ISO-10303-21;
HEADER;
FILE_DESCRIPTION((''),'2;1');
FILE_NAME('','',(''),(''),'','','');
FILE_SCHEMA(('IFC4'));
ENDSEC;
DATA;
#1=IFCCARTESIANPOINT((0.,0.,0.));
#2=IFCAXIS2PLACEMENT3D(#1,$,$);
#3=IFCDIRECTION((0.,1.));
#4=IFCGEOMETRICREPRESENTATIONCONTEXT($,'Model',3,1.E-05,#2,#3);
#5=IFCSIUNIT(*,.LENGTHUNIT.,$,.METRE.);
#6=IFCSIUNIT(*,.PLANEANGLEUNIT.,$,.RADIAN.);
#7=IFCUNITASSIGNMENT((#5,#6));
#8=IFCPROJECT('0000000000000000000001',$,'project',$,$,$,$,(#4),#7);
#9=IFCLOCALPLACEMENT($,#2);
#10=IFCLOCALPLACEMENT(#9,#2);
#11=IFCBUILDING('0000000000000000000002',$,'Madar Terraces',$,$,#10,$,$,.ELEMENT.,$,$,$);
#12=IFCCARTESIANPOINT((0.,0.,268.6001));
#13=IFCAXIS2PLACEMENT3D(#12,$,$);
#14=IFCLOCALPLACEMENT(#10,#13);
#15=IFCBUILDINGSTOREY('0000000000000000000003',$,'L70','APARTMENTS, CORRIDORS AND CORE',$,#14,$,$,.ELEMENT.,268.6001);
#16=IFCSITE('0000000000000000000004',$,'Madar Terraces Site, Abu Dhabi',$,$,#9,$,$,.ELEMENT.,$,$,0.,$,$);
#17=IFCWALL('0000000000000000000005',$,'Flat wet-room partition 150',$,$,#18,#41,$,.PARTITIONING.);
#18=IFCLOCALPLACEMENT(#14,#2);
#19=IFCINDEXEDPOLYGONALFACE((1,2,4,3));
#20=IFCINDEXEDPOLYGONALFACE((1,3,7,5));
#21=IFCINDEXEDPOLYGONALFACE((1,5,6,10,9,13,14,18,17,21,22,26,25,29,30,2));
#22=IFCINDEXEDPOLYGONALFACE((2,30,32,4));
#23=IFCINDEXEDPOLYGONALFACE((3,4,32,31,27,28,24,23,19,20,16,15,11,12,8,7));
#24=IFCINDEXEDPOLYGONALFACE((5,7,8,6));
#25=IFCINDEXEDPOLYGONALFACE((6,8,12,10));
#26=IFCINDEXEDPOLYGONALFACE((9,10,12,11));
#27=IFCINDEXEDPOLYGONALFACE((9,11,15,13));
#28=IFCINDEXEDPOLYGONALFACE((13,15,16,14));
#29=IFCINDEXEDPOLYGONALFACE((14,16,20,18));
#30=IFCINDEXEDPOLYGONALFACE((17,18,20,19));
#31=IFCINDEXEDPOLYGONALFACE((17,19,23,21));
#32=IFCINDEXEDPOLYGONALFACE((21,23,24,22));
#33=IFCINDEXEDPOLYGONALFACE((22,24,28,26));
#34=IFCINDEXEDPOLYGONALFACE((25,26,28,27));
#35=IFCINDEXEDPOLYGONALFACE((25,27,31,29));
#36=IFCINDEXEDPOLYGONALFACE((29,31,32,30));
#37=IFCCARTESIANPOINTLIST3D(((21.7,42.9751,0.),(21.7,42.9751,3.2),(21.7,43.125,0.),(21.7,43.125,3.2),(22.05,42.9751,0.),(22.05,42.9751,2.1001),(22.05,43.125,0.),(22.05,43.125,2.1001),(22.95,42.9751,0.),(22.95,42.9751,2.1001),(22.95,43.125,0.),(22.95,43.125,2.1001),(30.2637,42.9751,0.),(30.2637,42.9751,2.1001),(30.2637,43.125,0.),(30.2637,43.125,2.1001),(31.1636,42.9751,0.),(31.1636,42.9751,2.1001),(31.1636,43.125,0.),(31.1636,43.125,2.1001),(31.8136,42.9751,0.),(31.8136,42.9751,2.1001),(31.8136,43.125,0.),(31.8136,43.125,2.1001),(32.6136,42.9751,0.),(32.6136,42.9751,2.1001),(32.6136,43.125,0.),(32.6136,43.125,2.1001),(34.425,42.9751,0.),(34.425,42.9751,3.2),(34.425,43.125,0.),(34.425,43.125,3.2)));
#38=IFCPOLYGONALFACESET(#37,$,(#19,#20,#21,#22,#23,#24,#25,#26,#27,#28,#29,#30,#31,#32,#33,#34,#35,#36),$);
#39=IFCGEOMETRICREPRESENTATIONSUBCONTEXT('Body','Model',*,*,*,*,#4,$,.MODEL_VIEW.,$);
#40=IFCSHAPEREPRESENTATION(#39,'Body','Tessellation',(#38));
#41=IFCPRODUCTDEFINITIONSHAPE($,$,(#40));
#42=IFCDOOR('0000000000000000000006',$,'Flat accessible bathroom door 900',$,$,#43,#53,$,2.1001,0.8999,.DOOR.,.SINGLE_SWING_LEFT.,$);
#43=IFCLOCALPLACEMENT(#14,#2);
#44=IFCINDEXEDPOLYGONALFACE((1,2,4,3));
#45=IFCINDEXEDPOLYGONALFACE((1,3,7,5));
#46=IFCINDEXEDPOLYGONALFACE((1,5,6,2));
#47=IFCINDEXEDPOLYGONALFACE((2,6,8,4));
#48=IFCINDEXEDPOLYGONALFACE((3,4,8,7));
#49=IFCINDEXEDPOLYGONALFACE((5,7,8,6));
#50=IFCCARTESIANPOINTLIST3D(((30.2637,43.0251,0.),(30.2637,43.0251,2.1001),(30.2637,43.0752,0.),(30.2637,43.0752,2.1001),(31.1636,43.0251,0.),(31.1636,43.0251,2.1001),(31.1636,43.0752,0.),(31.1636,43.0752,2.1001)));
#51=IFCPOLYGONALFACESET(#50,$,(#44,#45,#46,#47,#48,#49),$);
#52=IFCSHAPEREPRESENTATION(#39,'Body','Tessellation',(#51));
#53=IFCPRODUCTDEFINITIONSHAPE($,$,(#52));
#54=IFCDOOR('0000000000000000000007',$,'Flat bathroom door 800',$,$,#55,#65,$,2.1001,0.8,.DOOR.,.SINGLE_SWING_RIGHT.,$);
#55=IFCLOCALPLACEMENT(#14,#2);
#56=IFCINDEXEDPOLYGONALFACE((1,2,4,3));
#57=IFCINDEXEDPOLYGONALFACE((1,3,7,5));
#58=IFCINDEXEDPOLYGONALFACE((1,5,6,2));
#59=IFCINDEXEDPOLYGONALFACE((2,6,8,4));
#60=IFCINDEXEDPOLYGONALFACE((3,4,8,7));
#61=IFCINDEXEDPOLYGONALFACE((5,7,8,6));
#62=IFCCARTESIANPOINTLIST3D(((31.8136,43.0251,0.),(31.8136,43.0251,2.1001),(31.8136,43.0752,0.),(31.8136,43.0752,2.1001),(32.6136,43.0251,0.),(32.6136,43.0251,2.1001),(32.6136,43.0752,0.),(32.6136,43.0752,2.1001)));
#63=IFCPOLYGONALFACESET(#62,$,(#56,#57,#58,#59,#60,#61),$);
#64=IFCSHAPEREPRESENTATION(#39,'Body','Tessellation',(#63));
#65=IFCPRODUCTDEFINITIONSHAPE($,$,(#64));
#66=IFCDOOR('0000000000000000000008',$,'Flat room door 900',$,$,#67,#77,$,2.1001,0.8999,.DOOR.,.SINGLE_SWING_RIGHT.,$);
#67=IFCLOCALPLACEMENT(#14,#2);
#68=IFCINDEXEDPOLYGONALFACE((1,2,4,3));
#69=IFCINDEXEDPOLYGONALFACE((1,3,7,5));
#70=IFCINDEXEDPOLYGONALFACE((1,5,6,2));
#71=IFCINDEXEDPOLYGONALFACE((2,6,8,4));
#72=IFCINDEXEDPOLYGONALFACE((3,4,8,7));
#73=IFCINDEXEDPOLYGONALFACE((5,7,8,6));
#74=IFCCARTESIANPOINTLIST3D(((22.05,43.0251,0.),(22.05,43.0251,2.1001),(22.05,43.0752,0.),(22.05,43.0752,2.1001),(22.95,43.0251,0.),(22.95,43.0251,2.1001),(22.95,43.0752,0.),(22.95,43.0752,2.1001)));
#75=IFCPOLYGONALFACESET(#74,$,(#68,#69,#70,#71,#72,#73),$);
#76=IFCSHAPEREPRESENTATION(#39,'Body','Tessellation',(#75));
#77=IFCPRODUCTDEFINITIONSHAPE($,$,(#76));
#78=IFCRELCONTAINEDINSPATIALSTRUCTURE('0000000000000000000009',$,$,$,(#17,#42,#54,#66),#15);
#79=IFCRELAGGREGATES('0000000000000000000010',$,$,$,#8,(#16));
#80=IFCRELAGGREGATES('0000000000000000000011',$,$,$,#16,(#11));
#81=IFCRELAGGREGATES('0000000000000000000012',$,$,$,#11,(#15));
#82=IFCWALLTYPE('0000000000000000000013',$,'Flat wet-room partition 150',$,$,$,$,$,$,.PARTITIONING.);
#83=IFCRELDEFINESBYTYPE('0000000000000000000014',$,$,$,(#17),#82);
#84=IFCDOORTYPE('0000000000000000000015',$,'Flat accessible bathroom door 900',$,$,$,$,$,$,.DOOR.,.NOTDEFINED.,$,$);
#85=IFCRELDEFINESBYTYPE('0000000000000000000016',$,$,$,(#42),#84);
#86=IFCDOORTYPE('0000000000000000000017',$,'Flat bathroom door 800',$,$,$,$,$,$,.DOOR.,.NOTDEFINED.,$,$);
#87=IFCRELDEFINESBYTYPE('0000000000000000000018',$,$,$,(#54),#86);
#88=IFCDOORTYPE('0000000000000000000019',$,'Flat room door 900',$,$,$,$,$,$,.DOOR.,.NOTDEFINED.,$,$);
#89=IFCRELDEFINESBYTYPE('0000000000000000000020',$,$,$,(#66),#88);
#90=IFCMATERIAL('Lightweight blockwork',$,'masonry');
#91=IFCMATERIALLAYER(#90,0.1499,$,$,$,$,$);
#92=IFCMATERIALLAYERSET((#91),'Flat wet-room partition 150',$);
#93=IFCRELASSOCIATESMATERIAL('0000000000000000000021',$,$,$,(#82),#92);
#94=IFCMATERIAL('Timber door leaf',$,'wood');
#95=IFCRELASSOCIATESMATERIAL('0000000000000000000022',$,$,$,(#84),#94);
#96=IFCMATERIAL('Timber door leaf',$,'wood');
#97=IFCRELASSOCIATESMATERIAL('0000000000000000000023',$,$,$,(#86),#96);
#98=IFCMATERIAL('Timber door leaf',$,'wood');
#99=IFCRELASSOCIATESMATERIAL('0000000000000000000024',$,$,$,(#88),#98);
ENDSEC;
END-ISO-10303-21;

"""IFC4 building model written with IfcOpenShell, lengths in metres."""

from ifc_helpers import new_model, si_unit, direction, frame, frame_2d, origin, place, context, subcontext, project, spatial, rectangle, extrude, material, layer, layer_set, type_object, element, fill, save


model = new_model("IFC4")

# Units and contexts
model_context = context("Model", 3, precision=1e-05, world=origin(), true_north=direction((0.0, 1.0)))
body_context = subcontext(model_context, "Body", "Model", "MODEL_VIEW")
ifc_project = project(units=[si_unit("LENGTHUNIT", "METRE"), si_unit("PLANEANGLEUNIT", "RADIAN")], contexts=[model_context])

# Site, building, storey
site_placement = place(None, origin())
site = spatial("IfcSite", under=ifc_project, at=site_placement, Name="Madar Terraces Site, Abu Dhabi", CompositionType="ELEMENT", RefElevation=0.0)
building_placement = place(site_placement, origin())
building = spatial("IfcBuilding", under=site, at=building_placement, Name="Madar Terraces", CompositionType="ELEMENT")
storey_placement = place(building_placement, frame((0.0, 0.0, 268.6001)))
storey = spatial("IfcBuildingStorey", under=building, at=storey_placement, Name="L70", Description="APARTMENTS, CORRIDORS AND CORE", CompositionType="ELEMENT", Elevation=268.6001)

# Shared definitions
ifc_material_1 = material(Name="Lightweight blockwork", Category="masonry")
ifc_layer_1 = layer(ifc_material_1, 0.1499)
ifc_layer_set_1 = layer_set([ifc_layer_1], Name="Flat wet-room partition 150")
wall_type_1 = type_object("IfcWallType", Name="Flat wet-room partition 150", PredefinedType="PARTITIONING", material=ifc_layer_set_1)

# Wall, openings, doors
wall_1_placement = place(storey_placement, frame((34.425, 43.05, 0.0), z_axis=(0.0, 0.0, 1.0), x_axis=(-1.0, 0.0, 0.0)))
wall_1 = element("IfcWall", 1, at=wall_1_placement, inside=storey, type_object=wall_type_1, Name="Flat wet-room partition 150", PredefinedType="PARTITIONING", context=body_context, shape_type="SweptSolid", body=[
    extrude(rectangle(XDim=12.7251, YDim=0.1499, at=frame_2d((6.3625, 0.0))), origin(), (0.0, 0.0, 1.0), 3.2),
])
opening_1_placement = place(wall_1_placement, frame((1.8115, 0.0, 0.0)))
opening_1 = element("IfcOpeningElement", 2, at=opening_1_placement, cuts=wall_1, PredefinedType="OPENING", context=body_context, shape_type="SweptSolid", body=[
    extrude(rectangle(XDim=0.8, YDim=2.1001, at=frame_2d((0.3999, 1.05))), frame((0.0, 0.085, 0.0), z_axis=(0.0, -1.0, 0.0), x_axis=(1.0, 0.0, 0.0)), (0.0, 0.0, 1.0), 0.1699),
])
opening_2_placement = place(wall_1_placement, frame((3.2615, 0.0, 0.0)))
opening_2 = element("IfcOpeningElement", 3, at=opening_2_placement, cuts=wall_1, PredefinedType="OPENING", context=body_context, shape_type="SweptSolid", body=[
    extrude(rectangle(XDim=0.8999, YDim=2.1001, at=frame_2d((0.45, 1.05))), frame((0.0, 0.085, 0.0), z_axis=(0.0, -1.0, 0.0), x_axis=(1.0, 0.0, 0.0)), (0.0, 0.0, 1.0), 0.1699),
])
opening_3_placement = place(wall_1_placement, frame((11.4751, 0.0, 0.0)))
opening_3 = element("IfcOpeningElement", 4, at=opening_3_placement, cuts=wall_1, PredefinedType="OPENING", context=body_context, shape_type="SweptSolid", body=[
    extrude(rectangle(XDim=0.8999, YDim=2.1001, at=frame_2d((0.45, 1.05))), frame((0.0, 0.085, 0.0), z_axis=(0.0, -1.0, 0.0), x_axis=(1.0, 0.0, 0.0)), (0.0, 0.0, 1.0), 0.1699),
])
ifc_material_2 = material(Name="Timber door leaf", Category="wood")
door_type_1 = type_object("IfcDoorType", Name="Flat accessible bathroom door 900", OperationType="NOTDEFINED", PredefinedType="DOOR", material=ifc_material_2)
door_1_placement = place(opening_2_placement, origin())
door_1 = element("IfcDoor", 5, at=door_1_placement, inside=storey, type_object=door_type_1, Name="Flat accessible bathroom door 900", OperationType="SINGLE_SWING_LEFT", OverallHeight=2.1001, OverallWidth=0.8999, PredefinedType="DOOR", context=body_context, shape_type="SweptSolid", body=[
    extrude(rectangle(XDim=0.8999, YDim=2.1001, at=frame_2d((0.45, 1.05))), frame((0.0, 0.0249, 0.0), z_axis=(0.0, -1.0, 0.0), x_axis=(1.0, 0.0, 0.0)), (0.0, 0.0, 1.0), 0.05),
])
fill(opening_2, door_1)
ifc_material_3 = material(Name="Timber door leaf", Category="wood")
door_type_2 = type_object("IfcDoorType", Name="Flat bathroom door 800", OperationType="NOTDEFINED", PredefinedType="DOOR", material=ifc_material_3)
door_2_placement = place(opening_1_placement, origin())
door_2 = element("IfcDoor", 6, at=door_2_placement, inside=storey, type_object=door_type_2, Name="Flat bathroom door 800", OperationType="SINGLE_SWING_RIGHT", OverallHeight=2.1001, OverallWidth=0.8, PredefinedType="DOOR", context=body_context, shape_type="SweptSolid", body=[
    extrude(rectangle(XDim=0.8, YDim=2.1001, at=frame_2d((0.3999, 1.05))), frame((0.0, 0.0249, 0.0), z_axis=(0.0, -1.0, 0.0), x_axis=(1.0, 0.0, 0.0)), (0.0, 0.0, 1.0), 0.05),
])
fill(opening_1, door_2)
ifc_material_4 = material(Name="Timber door leaf", Category="wood")
door_type_3 = type_object("IfcDoorType", Name="Flat room door 900", OperationType="NOTDEFINED", PredefinedType="DOOR", material=ifc_material_4)
door_3_placement = place(opening_3_placement, origin())
door_3 = element("IfcDoor", 7, at=door_3_placement, inside=storey, type_object=door_type_3, Name="Flat room door 900", OperationType="SINGLE_SWING_RIGHT", OverallHeight=2.1001, OverallWidth=0.8999, PredefinedType="DOOR", context=body_context, shape_type="SweptSolid", body=[
    extrude(rectangle(XDim=0.8999, YDim=2.1001, at=frame_2d((0.45, 1.05))), frame((0.0, 0.0249, 0.0), z_axis=(0.0, -1.0, 0.0), x_axis=(1.0, 0.0, 0.0)), (0.0, 0.0, 1.0), 0.05),
])
fill(opening_3, door_3)

save(model, "model.ifc")
